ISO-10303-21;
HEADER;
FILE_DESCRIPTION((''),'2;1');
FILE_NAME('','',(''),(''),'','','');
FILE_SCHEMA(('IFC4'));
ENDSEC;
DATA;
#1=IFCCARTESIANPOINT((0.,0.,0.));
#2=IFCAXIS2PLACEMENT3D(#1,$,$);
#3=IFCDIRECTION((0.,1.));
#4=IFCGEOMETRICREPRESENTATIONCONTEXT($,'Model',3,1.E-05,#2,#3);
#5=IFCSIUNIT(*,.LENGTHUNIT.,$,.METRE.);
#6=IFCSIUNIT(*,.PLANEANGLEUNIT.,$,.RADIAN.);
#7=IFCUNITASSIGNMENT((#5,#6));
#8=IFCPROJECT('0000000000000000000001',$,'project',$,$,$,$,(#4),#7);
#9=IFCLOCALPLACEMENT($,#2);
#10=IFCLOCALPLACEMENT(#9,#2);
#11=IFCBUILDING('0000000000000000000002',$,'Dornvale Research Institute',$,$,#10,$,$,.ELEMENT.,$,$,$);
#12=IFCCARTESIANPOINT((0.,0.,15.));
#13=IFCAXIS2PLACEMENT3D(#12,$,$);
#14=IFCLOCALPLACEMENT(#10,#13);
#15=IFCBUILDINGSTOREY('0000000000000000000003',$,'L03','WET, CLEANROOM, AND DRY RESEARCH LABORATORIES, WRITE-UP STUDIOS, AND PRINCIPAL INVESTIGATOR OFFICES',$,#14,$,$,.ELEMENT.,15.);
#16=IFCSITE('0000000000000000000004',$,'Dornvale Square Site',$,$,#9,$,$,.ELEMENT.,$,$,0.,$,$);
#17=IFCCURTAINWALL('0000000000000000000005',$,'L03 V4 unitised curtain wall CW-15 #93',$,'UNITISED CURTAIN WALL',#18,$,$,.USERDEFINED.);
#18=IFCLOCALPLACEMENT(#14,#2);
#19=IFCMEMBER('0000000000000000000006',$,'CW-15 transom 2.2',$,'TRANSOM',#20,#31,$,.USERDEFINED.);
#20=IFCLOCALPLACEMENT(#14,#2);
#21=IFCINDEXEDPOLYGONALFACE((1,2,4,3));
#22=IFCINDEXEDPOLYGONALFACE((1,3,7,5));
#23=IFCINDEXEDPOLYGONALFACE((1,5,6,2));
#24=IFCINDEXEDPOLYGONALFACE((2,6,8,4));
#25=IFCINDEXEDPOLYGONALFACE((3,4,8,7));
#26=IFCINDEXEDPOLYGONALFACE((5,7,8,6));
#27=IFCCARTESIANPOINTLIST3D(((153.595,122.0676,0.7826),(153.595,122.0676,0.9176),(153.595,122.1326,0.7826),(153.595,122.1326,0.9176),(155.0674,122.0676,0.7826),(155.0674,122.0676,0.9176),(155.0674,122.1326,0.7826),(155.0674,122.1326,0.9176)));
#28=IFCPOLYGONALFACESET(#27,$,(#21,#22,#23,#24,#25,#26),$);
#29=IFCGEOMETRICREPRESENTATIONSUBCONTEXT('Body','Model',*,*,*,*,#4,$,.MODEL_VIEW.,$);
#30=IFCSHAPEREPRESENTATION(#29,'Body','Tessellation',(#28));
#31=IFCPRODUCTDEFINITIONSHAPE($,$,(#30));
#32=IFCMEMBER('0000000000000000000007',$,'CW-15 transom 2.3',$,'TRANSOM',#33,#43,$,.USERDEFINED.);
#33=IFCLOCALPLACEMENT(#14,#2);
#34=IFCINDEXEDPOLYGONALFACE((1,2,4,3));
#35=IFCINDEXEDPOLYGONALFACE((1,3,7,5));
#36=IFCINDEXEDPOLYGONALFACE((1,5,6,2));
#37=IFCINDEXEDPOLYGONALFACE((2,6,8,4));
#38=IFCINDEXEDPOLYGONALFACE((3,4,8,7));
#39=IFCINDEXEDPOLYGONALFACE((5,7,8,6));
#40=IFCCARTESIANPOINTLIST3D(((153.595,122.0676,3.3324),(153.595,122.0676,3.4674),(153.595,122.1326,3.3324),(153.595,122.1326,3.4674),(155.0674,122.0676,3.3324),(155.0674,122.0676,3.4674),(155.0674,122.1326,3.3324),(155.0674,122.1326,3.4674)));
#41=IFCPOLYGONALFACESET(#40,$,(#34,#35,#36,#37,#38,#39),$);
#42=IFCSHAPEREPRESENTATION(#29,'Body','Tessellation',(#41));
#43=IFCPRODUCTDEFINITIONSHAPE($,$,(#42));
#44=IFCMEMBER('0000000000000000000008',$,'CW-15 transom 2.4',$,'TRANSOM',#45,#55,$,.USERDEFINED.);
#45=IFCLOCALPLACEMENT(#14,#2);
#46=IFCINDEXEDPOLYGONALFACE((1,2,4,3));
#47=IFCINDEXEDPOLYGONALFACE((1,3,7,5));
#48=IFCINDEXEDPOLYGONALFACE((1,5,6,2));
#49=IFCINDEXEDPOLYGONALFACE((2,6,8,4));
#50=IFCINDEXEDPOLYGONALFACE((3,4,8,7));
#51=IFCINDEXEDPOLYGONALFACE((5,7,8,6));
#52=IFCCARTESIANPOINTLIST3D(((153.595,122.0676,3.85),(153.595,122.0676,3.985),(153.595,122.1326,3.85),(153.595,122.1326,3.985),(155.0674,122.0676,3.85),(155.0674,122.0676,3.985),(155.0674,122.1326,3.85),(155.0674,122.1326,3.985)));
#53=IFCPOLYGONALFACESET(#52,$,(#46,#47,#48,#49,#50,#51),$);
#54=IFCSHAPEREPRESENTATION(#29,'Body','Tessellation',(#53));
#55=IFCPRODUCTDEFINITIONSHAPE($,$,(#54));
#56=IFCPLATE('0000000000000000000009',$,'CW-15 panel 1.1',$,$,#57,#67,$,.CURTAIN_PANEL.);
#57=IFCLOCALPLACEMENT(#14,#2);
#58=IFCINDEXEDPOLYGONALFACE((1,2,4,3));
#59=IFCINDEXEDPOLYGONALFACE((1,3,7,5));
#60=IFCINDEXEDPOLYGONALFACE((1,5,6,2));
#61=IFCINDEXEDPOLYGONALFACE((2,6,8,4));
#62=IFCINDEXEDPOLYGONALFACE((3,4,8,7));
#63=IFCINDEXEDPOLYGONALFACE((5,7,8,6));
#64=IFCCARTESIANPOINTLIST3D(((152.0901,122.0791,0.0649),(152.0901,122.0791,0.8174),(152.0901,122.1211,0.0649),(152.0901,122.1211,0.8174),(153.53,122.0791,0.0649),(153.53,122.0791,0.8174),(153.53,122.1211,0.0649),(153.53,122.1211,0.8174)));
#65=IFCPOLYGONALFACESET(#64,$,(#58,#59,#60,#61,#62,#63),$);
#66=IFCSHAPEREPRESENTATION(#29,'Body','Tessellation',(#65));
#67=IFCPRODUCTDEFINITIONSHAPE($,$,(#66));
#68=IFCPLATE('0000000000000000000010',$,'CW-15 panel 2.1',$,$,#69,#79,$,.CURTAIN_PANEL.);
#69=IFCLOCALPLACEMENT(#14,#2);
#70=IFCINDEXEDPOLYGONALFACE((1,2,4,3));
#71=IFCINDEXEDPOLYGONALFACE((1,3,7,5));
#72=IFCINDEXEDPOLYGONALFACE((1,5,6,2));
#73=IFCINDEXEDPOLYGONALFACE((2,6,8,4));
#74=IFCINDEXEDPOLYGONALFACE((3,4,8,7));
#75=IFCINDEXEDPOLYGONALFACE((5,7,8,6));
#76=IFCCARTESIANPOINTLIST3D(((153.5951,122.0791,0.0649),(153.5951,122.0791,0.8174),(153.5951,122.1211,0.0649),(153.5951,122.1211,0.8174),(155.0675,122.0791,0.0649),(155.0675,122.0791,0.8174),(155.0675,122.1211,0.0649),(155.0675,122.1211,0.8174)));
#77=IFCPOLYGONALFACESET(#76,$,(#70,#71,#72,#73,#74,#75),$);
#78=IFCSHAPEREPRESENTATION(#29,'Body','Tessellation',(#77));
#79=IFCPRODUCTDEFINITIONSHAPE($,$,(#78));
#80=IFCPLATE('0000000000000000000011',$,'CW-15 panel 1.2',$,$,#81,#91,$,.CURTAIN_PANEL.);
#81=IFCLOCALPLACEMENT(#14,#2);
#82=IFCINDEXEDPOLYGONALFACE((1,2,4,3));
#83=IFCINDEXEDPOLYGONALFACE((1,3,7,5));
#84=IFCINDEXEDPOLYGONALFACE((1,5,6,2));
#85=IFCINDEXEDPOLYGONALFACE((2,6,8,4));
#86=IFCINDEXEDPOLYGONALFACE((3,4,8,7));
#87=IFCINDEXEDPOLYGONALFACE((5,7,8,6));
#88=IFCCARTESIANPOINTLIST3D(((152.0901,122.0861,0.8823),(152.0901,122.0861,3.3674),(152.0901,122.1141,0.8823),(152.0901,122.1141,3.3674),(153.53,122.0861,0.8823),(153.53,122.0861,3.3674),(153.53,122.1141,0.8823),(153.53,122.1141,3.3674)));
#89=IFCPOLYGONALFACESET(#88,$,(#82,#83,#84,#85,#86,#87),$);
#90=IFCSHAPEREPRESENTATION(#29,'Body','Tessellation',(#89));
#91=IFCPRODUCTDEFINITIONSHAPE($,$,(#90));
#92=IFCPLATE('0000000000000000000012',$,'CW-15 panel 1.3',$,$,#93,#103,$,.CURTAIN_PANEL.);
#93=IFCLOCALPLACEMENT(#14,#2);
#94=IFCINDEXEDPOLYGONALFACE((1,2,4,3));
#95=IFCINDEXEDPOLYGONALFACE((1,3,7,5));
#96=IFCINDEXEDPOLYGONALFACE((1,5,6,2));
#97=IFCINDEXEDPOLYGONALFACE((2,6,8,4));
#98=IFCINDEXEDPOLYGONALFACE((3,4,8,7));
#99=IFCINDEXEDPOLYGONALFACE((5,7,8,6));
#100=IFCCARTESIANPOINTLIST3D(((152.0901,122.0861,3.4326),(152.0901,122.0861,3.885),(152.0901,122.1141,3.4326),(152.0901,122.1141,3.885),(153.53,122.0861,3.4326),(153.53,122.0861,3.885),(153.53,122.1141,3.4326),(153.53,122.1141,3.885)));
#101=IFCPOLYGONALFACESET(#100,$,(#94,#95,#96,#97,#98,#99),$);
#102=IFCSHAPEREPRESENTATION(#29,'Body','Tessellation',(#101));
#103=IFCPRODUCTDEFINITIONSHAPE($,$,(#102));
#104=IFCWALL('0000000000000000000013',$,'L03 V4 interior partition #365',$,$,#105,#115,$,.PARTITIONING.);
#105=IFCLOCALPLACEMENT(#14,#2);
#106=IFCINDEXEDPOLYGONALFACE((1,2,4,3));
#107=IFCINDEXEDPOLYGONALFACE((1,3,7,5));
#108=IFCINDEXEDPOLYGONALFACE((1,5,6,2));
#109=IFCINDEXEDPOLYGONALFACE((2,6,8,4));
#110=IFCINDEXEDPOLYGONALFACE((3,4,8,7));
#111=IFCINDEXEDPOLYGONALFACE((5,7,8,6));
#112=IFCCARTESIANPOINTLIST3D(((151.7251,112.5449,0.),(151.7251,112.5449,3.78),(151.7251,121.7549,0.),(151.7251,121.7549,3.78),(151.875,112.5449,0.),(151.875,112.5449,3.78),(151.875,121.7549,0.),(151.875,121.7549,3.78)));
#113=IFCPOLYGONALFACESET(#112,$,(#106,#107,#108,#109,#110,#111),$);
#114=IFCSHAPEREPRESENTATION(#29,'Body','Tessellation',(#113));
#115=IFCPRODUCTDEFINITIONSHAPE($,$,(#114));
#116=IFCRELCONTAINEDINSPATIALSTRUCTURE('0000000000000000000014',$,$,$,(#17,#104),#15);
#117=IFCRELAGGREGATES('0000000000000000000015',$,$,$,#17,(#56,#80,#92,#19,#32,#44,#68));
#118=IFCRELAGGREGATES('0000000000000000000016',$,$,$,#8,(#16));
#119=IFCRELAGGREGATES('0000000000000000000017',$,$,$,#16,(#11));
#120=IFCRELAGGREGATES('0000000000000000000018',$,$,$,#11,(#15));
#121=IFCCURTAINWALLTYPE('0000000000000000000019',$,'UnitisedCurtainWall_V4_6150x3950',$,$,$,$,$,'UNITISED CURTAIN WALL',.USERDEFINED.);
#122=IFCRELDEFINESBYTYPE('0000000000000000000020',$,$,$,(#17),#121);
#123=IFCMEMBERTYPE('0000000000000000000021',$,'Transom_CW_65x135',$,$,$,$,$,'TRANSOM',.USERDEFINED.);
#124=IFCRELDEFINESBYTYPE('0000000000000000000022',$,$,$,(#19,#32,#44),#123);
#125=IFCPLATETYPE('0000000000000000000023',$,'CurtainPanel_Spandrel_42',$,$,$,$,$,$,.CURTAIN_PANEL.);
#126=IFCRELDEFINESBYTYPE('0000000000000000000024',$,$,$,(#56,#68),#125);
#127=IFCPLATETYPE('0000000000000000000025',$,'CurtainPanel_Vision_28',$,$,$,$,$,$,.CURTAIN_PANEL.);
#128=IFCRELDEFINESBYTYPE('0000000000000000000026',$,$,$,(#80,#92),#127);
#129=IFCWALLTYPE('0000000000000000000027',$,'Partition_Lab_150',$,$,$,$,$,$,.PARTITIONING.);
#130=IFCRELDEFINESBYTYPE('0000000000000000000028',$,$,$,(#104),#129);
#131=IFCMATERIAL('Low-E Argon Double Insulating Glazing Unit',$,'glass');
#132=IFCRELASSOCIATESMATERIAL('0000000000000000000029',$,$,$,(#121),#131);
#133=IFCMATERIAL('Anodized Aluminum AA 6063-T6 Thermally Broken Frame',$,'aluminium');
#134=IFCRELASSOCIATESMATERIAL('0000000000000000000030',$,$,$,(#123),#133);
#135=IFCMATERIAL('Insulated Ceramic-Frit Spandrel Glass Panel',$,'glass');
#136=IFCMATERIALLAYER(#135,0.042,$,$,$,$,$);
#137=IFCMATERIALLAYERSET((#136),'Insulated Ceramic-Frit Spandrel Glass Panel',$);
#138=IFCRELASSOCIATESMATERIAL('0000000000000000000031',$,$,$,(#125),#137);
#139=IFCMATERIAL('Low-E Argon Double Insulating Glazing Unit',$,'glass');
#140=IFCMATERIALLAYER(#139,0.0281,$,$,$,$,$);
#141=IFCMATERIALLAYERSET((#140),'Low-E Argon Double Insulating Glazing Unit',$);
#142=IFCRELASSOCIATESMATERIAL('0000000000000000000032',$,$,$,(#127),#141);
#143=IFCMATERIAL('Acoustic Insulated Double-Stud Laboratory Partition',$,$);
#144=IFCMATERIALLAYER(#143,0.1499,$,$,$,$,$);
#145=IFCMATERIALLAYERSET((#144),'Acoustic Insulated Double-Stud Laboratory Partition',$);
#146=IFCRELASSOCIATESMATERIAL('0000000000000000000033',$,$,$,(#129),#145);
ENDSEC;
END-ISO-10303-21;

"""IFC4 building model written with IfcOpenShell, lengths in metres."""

from ifc_helpers import new_model, si_unit, direction, frame, frame_2d, origin, origin_2d, place, context, subcontext, project, spatial, rectangle, extrude, material, layer, layer_set, material_profile, profile_set, type_object, element, aggregate, save


model = new_model("IFC4")

# Units and contexts
model_context = context("Model", 3, precision=1e-05, world=origin(), true_north=direction((0.0, 1.0)))
body_context = subcontext(model_context, "Body", "Model", "MODEL_VIEW")
ifc_project = project(units=[si_unit("LENGTHUNIT", "METRE"), si_unit("PLANEANGLEUNIT", "RADIAN")], contexts=[model_context])

# Site, building, storey
site_placement = place(None, origin())
site = spatial("IfcSite", under=ifc_project, at=site_placement, Name="Dornvale Square Site", CompositionType="ELEMENT", RefElevation=0.0)
building_placement = place(site_placement, origin())
building = spatial("IfcBuilding", under=site, at=building_placement, Name="Dornvale Research Institute", CompositionType="ELEMENT")
storey_placement = place(building_placement, frame((0.0, 0.0, 15.0)))
storey = spatial("IfcBuildingStorey", under=building, at=storey_placement, Name="L03", Description="WET, CLEANROOM, AND DRY RESEARCH LABORATORIES, WRITE-UP STUDIOS, AND PRINCIPAL INVESTIGATOR OFFICES", CompositionType="ELEMENT", Elevation=15.0)

# Curtain wall
ifc_material_1 = material(Name="Low-E Argon Double Insulating Glazing Unit", Category="glass")
curtain_wall_type = type_object("IfcCurtainWallType", Name="UnitisedCurtainWall_V4_6150x3950", ElementType="UNITISED CURTAIN WALL", PredefinedType="USERDEFINED", material=ifc_material_1)
curtain_wall_placement = place(storey_placement, origin())
curtain_wall = element("IfcCurtainWall", 1, at=curtain_wall_placement, inside=storey, type_object=curtain_wall_type, Name="L03 V4 unitised curtain wall CW-15 #93", ObjectType="UNITISED CURTAIN WALL", PredefinedType="USERDEFINED")

# Members
ifc_material_2 = material(Name="Anodized Aluminum AA 6063-T6 Thermally Broken Frame", Category="aluminium")
ifc_material_profile_1 = material_profile(ifc_material_2, rectangle(XDim=0.0649, YDim=0.135, at=origin_2d()), Name="ALU TRANSOM 65x135")
ifc_profile_set_1 = profile_set([ifc_material_profile_1], Name="Anodized Aluminum AA 6063-T6 Thermally Broken Frame")
member_type_1 = type_object("IfcMemberType", Name="Transom_CW_65x135", ElementType="TRANSOM", PredefinedType="USERDEFINED", material=ifc_profile_set_1)
member_1_placement = place(storey_placement, frame((153.595, 122.1001, 0.8501), z_axis=(1.0, 0.0, 0.0), x_axis=(0.0, 1.0, 0.0)))
member_1 = element("IfcMember", 2, at=member_1_placement, type_object=member_type_1, Name="CW-15 transom 2.2", ObjectType="TRANSOM", PredefinedType="USERDEFINED", context=body_context, shape_type="SweptSolid", body=[
    extrude(rectangle(XDim=0.0649, YDim=0.135, at=origin_2d()), origin(), (0.0, 0.0, 1.0), 1.4724),
])
member_2_placement = place(storey_placement, frame((153.595, 122.1001, 3.3999), z_axis=(1.0, 0.0, 0.0), x_axis=(0.0, 1.0, 0.0)))
member_2 = element("IfcMember", 3, at=member_2_placement, type_object=member_type_1, Name="CW-15 transom 2.3", ObjectType="TRANSOM", PredefinedType="USERDEFINED", context=body_context, shape_type="SweptSolid", body=[
    extrude(rectangle(XDim=0.0649, YDim=0.135, at=origin_2d()), origin(), (0.0, 0.0, 1.0), 1.4724),
])
member_3_placement = place(storey_placement, frame((153.595, 122.1001, 3.9175), z_axis=(1.0, 0.0, 0.0), x_axis=(0.0, 1.0, 0.0)))
member_3 = element("IfcMember", 4, at=member_3_placement, type_object=member_type_1, Name="CW-15 transom 2.4", ObjectType="TRANSOM", PredefinedType="USERDEFINED", context=body_context, shape_type="SweptSolid", body=[
    extrude(rectangle(XDim=0.0649, YDim=0.135, at=origin_2d()), origin(), (0.0, 0.0, 1.0), 1.4724),
])

# Plates
ifc_material_3 = material(Name="Insulated Ceramic-Frit Spandrel Glass Panel", Category="glass")
ifc_layer_1 = layer(ifc_material_3, 0.042)
ifc_layer_set_1 = layer_set([ifc_layer_1], Name="Insulated Ceramic-Frit Spandrel Glass Panel")
plate_type_1 = type_object("IfcPlateType", Name="CurtainPanel_Spandrel_42", PredefinedType="CURTAIN_PANEL", material=ifc_layer_set_1)
plate_1_placement = place(storey_placement, frame((152.8101, 122.1001, 0.0649), z_axis=(0.0, 0.0, 1.0), x_axis=(1.0, 0.0, 0.0)))
plate_1 = element("IfcPlate", 5, at=plate_1_placement, type_object=plate_type_1, Name="CW-15 panel 1.1", PredefinedType="CURTAIN_PANEL", context=body_context, shape_type="SweptSolid", body=[
    extrude(rectangle(XDim=1.4399, YDim=0.042, at=origin_2d()), origin(), (0.0, 0.0, 1.0), 0.7524),
])
plate_2_placement = place(storey_placement, frame((154.3313, 122.1001, 0.0649), z_axis=(0.0, 0.0, 1.0), x_axis=(1.0, 0.0, 0.0)))
plate_2 = element("IfcPlate", 6, at=plate_2_placement, type_object=plate_type_1, Name="CW-15 panel 2.1", PredefinedType="CURTAIN_PANEL", context=body_context, shape_type="SweptSolid", body=[
    extrude(rectangle(XDim=1.4724, YDim=0.042, at=origin_2d()), origin(), (0.0, 0.0, 1.0), 0.7524),
])
ifc_material_4 = material(Name="Low-E Argon Double Insulating Glazing Unit", Category="glass")
ifc_layer_2 = layer(ifc_material_4, 0.0281)
ifc_layer_set_2 = layer_set([ifc_layer_2], Name="Low-E Argon Double Insulating Glazing Unit")
plate_type_2 = type_object("IfcPlateType", Name="CurtainPanel_Vision_28", PredefinedType="CURTAIN_PANEL", material=ifc_layer_set_2)
plate_3_placement = place(storey_placement, frame((152.8101, 122.1001, 0.8823), z_axis=(0.0, 0.0, 1.0), x_axis=(1.0, 0.0, 0.0)))
plate_3 = element("IfcPlate", 7, at=plate_3_placement, type_object=plate_type_2, Name="CW-15 panel 1.2", PredefinedType="CURTAIN_PANEL", context=body_context, shape_type="SweptSolid", body=[
    extrude(rectangle(XDim=1.4399, YDim=0.0281, at=origin_2d()), origin(), (0.0, 0.0, 1.0), 2.4851),
])
plate_4_placement = place(storey_placement, frame((152.8101, 122.1001, 3.4326), z_axis=(0.0, 0.0, 1.0), x_axis=(1.0, 0.0, 0.0)))
plate_4 = element("IfcPlate", 8, at=plate_4_placement, type_object=plate_type_2, Name="CW-15 panel 1.3", PredefinedType="CURTAIN_PANEL", context=body_context, shape_type="SweptSolid", body=[
    extrude(rectangle(XDim=1.4399, YDim=0.0281, at=origin_2d()), origin(), (0.0, 0.0, 1.0), 0.4524),
])
aggregate(curtain_wall, [plate_1, plate_3, plate_4, member_1, member_2, member_3, plate_2])

# Wall
ifc_material_5 = material(Name="Acoustic Insulated Double-Stud Laboratory Partition")
ifc_layer_3 = layer(ifc_material_5, 0.1499)
ifc_layer_set_3 = layer_set([ifc_layer_3], Name="Acoustic Insulated Double-Stud Laboratory Partition")
wall_type = type_object("IfcWallType", Name="Partition_Lab_150", PredefinedType="PARTITIONING", material=ifc_layer_set_3)
wall_placement = place(storey_placement, frame((151.8, 112.5449, 0.0), z_axis=(0.0, 0.0, 1.0), x_axis=(0.0, 1.0, 0.0)))
element("IfcWall", 9, at=wall_placement, inside=storey, type_object=wall_type, Name="L03 V4 interior partition #365", PredefinedType="PARTITIONING", context=body_context, shape_type="SweptSolid", body=[
    extrude(rectangle(XDim=9.21, YDim=0.1499, at=frame_2d((4.605, 0.0))), origin(), (0.0, 0.0, 1.0), 3.78),
])

save(model, "model.ifc")
